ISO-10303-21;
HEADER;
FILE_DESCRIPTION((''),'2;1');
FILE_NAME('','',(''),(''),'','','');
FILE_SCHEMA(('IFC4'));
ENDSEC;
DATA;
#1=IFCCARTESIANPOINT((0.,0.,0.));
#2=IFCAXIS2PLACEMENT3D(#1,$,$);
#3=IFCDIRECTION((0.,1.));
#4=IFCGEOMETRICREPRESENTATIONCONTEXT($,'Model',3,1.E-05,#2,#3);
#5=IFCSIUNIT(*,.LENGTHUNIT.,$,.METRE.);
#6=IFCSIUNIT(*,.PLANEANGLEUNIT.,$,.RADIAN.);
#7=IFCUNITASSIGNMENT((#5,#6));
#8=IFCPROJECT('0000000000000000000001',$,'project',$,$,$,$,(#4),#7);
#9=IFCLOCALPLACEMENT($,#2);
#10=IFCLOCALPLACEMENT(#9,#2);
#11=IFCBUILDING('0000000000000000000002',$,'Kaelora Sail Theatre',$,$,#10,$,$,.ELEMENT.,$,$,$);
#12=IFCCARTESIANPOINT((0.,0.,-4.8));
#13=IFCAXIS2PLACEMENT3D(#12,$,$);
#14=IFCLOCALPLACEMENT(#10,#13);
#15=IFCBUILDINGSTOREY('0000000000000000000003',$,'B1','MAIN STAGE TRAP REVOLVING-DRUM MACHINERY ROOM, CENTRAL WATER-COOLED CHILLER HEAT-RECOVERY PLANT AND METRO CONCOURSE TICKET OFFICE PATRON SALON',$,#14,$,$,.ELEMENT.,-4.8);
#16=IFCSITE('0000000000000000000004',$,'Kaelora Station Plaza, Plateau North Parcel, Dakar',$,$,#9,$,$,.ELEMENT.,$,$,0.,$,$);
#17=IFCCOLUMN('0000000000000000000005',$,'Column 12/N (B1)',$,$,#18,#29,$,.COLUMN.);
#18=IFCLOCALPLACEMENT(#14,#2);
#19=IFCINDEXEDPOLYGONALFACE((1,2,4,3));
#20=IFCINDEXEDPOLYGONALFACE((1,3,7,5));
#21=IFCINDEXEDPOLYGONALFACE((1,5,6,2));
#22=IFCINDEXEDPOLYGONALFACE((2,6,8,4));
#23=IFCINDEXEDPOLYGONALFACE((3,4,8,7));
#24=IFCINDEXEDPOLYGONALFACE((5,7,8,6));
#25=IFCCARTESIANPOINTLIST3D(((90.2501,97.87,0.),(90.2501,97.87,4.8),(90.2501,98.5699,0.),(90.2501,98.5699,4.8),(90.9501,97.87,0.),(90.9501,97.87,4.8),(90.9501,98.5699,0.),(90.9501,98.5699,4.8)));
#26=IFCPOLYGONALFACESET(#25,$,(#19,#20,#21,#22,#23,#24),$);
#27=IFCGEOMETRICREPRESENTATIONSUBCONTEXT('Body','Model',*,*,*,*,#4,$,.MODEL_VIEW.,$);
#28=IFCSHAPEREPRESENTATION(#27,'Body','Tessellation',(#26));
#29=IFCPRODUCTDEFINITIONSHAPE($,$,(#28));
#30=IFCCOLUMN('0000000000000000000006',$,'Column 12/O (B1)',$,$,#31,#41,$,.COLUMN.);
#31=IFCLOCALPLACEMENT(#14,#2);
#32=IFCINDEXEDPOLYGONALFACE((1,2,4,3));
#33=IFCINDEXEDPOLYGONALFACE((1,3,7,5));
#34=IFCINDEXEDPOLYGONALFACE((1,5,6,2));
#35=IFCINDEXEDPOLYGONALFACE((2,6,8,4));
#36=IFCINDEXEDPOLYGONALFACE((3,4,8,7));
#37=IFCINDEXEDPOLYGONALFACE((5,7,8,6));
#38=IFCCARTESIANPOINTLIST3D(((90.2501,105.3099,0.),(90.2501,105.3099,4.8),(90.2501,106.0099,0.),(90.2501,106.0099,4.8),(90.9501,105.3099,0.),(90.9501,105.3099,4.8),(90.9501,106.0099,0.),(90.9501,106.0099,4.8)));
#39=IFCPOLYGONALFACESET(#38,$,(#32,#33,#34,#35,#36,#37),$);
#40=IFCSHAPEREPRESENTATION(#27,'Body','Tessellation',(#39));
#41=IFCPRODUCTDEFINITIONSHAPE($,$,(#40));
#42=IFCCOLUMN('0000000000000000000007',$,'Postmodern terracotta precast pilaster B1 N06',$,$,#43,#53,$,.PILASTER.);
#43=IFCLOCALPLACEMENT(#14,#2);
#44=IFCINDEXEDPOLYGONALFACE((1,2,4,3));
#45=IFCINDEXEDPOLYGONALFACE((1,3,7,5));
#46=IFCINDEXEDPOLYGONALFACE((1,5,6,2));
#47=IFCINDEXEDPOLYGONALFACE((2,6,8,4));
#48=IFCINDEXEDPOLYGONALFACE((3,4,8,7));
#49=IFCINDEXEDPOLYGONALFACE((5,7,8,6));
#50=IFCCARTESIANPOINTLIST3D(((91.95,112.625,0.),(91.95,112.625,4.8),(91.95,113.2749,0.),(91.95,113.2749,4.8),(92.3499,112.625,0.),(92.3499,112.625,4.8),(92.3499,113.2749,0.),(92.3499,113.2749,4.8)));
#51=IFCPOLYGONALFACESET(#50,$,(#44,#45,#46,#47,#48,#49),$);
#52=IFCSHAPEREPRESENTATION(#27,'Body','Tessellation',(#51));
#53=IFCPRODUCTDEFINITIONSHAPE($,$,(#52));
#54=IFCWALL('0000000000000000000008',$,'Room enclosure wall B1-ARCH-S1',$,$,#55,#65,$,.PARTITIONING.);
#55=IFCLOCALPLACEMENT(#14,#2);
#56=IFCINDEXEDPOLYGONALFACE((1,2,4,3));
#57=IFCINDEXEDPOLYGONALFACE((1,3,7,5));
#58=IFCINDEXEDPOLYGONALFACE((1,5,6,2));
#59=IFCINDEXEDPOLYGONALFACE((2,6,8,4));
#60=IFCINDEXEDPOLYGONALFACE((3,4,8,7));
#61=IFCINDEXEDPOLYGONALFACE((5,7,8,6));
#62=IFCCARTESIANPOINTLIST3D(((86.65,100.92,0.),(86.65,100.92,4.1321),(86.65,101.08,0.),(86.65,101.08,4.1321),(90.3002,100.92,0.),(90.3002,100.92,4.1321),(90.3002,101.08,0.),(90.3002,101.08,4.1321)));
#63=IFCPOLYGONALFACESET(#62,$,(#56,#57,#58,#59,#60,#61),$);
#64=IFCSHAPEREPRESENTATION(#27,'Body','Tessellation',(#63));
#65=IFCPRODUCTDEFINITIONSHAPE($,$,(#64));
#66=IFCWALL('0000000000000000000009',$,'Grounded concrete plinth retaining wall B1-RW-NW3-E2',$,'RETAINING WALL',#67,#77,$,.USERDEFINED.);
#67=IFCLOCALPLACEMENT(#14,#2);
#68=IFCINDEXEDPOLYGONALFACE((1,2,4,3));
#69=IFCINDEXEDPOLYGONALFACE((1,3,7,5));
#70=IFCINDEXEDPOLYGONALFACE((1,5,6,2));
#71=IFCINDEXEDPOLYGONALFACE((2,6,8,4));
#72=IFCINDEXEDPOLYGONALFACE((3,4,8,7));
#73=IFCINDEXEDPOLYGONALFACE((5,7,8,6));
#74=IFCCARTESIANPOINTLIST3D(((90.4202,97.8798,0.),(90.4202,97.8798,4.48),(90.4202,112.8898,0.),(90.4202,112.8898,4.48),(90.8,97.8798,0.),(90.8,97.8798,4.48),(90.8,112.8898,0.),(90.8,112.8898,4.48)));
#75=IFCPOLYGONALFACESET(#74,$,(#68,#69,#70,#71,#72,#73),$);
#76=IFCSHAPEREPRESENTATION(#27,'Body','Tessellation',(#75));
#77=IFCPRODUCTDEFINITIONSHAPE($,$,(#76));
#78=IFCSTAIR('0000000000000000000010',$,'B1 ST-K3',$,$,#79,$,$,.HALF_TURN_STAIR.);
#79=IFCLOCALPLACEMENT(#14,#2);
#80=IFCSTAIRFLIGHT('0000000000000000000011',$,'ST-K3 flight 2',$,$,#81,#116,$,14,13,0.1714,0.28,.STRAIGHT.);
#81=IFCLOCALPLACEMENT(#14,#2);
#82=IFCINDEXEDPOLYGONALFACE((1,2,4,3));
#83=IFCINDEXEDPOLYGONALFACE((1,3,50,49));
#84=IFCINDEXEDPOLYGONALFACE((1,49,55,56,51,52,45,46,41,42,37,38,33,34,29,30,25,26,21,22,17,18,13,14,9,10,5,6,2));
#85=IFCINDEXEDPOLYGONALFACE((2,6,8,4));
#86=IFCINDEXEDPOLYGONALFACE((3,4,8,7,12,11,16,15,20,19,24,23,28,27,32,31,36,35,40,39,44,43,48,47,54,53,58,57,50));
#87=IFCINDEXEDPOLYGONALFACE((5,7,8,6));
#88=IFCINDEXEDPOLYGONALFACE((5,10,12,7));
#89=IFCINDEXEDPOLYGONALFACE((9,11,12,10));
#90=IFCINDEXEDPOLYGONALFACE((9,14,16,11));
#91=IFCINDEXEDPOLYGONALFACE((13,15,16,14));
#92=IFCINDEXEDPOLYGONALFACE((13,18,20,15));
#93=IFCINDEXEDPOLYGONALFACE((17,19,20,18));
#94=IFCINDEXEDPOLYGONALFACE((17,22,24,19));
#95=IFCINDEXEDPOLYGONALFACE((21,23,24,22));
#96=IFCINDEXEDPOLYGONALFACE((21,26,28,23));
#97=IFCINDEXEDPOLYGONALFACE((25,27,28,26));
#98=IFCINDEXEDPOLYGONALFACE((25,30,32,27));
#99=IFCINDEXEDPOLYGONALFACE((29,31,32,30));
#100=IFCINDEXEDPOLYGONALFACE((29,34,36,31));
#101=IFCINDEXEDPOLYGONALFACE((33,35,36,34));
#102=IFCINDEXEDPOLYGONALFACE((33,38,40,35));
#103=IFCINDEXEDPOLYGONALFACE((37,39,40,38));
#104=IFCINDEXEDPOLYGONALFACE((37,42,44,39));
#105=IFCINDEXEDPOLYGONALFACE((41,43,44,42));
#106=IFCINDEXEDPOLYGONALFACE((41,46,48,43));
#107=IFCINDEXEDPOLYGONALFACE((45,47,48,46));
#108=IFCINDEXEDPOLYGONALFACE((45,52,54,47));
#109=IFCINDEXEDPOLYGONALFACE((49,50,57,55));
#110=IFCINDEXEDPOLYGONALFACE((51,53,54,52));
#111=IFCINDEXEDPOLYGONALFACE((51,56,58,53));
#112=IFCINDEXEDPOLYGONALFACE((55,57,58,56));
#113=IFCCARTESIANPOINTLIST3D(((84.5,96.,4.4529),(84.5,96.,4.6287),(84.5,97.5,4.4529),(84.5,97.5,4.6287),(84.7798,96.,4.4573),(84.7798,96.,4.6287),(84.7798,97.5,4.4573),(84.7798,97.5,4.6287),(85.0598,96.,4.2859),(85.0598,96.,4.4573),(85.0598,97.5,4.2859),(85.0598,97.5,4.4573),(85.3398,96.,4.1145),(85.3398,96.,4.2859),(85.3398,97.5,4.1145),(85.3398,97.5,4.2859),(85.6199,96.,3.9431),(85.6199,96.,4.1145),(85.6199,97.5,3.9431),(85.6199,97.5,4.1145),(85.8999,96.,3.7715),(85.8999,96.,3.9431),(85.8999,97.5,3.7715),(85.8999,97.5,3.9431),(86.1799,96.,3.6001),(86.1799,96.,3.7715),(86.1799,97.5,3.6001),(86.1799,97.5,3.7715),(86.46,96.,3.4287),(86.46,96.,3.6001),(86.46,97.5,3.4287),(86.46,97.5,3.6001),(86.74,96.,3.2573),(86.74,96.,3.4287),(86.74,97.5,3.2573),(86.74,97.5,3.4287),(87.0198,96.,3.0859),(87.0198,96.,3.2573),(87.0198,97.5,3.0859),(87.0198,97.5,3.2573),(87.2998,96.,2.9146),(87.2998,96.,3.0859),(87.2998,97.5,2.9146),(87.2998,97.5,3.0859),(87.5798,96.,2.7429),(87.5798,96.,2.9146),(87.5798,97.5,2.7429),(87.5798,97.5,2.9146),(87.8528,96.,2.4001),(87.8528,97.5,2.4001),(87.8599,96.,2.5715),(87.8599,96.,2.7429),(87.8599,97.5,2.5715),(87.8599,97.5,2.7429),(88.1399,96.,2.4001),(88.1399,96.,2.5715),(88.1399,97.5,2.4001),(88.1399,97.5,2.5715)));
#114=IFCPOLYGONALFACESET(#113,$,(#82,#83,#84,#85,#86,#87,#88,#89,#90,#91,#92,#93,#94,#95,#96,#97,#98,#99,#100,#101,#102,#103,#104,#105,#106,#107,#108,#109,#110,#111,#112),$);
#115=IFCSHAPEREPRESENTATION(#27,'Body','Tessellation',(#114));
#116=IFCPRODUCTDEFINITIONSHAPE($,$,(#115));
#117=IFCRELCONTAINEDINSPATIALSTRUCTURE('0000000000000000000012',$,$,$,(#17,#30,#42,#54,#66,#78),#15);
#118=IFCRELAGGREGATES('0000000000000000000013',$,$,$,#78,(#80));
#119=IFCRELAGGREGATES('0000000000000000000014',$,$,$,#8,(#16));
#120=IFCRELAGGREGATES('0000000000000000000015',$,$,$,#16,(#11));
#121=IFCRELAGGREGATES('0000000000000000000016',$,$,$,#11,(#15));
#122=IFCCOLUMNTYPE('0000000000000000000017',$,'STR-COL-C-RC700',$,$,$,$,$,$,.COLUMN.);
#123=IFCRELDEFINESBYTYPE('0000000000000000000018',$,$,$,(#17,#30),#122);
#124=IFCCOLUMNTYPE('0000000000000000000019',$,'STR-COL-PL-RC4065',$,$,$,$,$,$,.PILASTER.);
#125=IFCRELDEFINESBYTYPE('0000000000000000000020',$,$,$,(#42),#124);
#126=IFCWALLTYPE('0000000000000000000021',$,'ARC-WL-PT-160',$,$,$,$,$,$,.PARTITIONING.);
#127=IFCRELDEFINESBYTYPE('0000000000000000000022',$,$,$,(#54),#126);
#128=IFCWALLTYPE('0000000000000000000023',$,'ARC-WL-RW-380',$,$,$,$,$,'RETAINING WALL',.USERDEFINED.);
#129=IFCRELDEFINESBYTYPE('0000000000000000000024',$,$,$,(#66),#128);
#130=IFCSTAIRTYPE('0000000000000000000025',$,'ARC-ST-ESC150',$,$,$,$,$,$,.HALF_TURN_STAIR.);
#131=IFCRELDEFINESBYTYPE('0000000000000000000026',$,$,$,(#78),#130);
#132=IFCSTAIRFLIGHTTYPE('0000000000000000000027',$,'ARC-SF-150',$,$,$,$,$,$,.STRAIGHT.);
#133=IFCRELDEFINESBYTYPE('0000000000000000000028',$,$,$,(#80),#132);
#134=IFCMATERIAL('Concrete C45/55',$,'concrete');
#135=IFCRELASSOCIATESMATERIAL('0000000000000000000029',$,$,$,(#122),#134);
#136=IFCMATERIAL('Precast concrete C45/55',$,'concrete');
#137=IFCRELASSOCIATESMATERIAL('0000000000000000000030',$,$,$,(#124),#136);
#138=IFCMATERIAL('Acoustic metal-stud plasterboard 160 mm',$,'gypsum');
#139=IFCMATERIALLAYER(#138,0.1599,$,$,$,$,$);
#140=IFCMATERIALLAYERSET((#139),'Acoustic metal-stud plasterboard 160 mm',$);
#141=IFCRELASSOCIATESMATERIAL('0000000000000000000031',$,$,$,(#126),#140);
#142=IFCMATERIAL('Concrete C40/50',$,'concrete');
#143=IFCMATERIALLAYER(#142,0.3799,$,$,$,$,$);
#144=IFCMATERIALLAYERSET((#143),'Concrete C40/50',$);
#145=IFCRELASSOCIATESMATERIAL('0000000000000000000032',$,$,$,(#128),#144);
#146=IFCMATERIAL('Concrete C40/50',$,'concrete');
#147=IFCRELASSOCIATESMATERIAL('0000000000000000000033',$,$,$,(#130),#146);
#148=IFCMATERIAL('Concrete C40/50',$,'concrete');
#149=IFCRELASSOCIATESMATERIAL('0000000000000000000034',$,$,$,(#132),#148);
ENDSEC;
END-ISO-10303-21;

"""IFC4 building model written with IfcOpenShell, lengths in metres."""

from ifc_helpers import new_model, si_unit, direction, frame, frame_2d, origin, origin_2d, place, context, subcontext, project, spatial, polyline, rectangle, outline, extrude, material, layer, layer_set, material_profile, profile_set, type_object, element, aggregate, save


model = new_model("IFC4")

# Units and contexts
model_context = context("Model", 3, precision=1e-05, world=origin(), true_north=direction((0.0, 1.0)))
body_context = subcontext(model_context, "Body", "Model", "MODEL_VIEW")
ifc_project = project(units=[si_unit("LENGTHUNIT", "METRE"), si_unit("PLANEANGLEUNIT", "RADIAN")], contexts=[model_context])

# Site, building, storey
site_placement = place(None, origin())
site = spatial("IfcSite", under=ifc_project, at=site_placement, Name="Kaelora Station Plaza, Plateau North Parcel, Dakar", CompositionType="ELEMENT", RefElevation=0.0)
building_placement = place(site_placement, origin())
building = spatial("IfcBuilding", under=site, at=building_placement, Name="Kaelora Sail Theatre", CompositionType="ELEMENT")
storey_placement = place(building_placement, frame((0.0, 0.0, -4.8)))
storey = spatial("IfcBuildingStorey", under=building, at=storey_placement, Name="B1", Description="MAIN STAGE TRAP REVOLVING-DRUM MACHINERY ROOM, CENTRAL WATER-COOLED CHILLER HEAT-RECOVERY PLANT AND METRO CONCOURSE TICKET OFFICE PATRON SALON", CompositionType="ELEMENT", Elevation=-4.8)

# Columns
ifc_material_1 = material(Name="Concrete C45/55", Category="concrete")
ifc_material_profile_1 = material_profile(ifc_material_1, rectangle(XDim=0.7, YDim=0.7, at=origin_2d()), Name="RC-COL 700x700")
ifc_profile_set_1 = profile_set([ifc_material_profile_1], Name="Concrete C45/55")
column_type_1 = type_object("IfcColumnType", Name="STR-COL-C-RC700", PredefinedType="COLUMN", material=ifc_profile_set_1)
for number, where, z_axis, x_axis, name in (
    (1, (90.6001, 98.22, 0.0), (0.0, 0.0, 1.0), (1.0, 0.0, 0.0), "Column 12/N (B1)"),
    (2, (90.6001, 105.6599, 0.0), (0.0, 0.0, 1.0), (1.0, 0.0, 0.0), "Column 12/O (B1)"),
):
    element("IfcColumn", number, at=place(storey_placement, frame(where, z_axis=z_axis, x_axis=x_axis)), inside=storey, type_object=column_type_1, Name=name, PredefinedType="COLUMN", context=body_context, shape_type="SweptSolid", body=[
        extrude(rectangle(XDim=0.7, YDim=0.7, at=origin_2d()), origin(), (0.0, 0.0, 1.0), 4.8),
    ])
ifc_material_2 = material(Name="Precast concrete C45/55", Category="concrete")
ifc_material_profile_2 = material_profile(ifc_material_2, rectangle(XDim=0.3999, YDim=0.6499, at=origin_2d()), Name="RC-PIL 400x650")
ifc_profile_set_2 = profile_set([ifc_material_profile_2], Name="Precast concrete C45/55")
column_type_2 = type_object("IfcColumnType", Name="STR-COL-PL-RC4065", PredefinedType="PILASTER", material=ifc_profile_set_2)
column_1_placement = place(storey_placement, frame((92.1499, 112.95, 0.0), z_axis=(0.0, 0.0, 1.0), x_axis=(1.0, 0.0, 0.0)))
element("IfcColumn", 3, at=column_1_placement, inside=storey, type_object=column_type_2, Name="Postmodern terracotta precast pilaster B1 N06", PredefinedType="PILASTER", context=body_context, shape_type="SweptSolid", body=[
    extrude(rectangle(XDim=0.3999, YDim=0.6499, at=origin_2d()), origin(), (0.0, 0.0, 1.0), 4.8),
])

# Walls
ifc_material_3 = material(Name="Acoustic metal-stud plasterboard 160 mm", Category="gypsum")
ifc_layer_1 = layer(ifc_material_3, 0.1599)
ifc_layer_set_1 = layer_set([ifc_layer_1], Name="Acoustic metal-stud plasterboard 160 mm")
wall_type_1 = type_object("IfcWallType", Name="ARC-WL-PT-160", PredefinedType="PARTITIONING", material=ifc_layer_set_1)
wall_1_placement = place(storey_placement, frame((86.6499, 101.0, 0.0), z_axis=(0.0, 0.0, 1.0), x_axis=(1.0, 0.0, 0.0)))
element("IfcWall", 4, at=wall_1_placement, inside=storey, type_object=wall_type_1, Name="Room enclosure wall B1-ARCH-S1", PredefinedType="PARTITIONING", context=body_context, shape_type="SweptSolid", body=[
    extrude(rectangle(XDim=3.6501, YDim=0.1599, at=frame_2d((1.8252, 0.0))), origin(), (0.0, 0.0, 1.0), 4.1321),
])
ifc_material_4 = material(Name="Concrete C40/50", Category="concrete")
ifc_layer_2 = layer(ifc_material_4, 0.3799)
ifc_layer_set_2 = layer_set([ifc_layer_2], Name="Concrete C40/50")
wall_type_2 = type_object("IfcWallType", Name="ARC-WL-RW-380", ElementType="RETAINING WALL", PredefinedType="USERDEFINED", material=ifc_layer_set_2)
wall_2_placement = place(storey_placement, frame((90.6101, 97.8799, 0.0), z_axis=(0.0, 0.0, 1.0), x_axis=(0.0, 1.0, 0.0)))
element("IfcWall", 5, at=wall_2_placement, inside=storey, type_object=wall_type_2, Name="Grounded concrete plinth retaining wall B1-RW-NW3-E2", ObjectType="RETAINING WALL", PredefinedType="USERDEFINED", context=body_context, shape_type="SweptSolid", body=[
    extrude(rectangle(XDim=15.01, YDim=0.3799, at=frame_2d((7.5049, 0.0))), origin(), (0.0, 0.0, 1.0), 4.48),
])

# Stair, stair flight
ifc_material_5 = material(Name="Concrete C40/50", Category="concrete")
stair_type = type_object("IfcStairType", Name="ARC-ST-ESC150", PredefinedType="HALF_TURN_STAIR", material=ifc_material_5)
stair_placement = place(storey_placement, origin())
stair = element("IfcStair", 6, at=stair_placement, inside=storey, type_object=stair_type, Name="B1 ST-K3", PredefinedType="HALF_TURN_STAIR")
ifc_material_6 = material(Name="Concrete C40/50", Category="concrete")
stair_flight_type = type_object("IfcStairFlightType", Name="ARC-SF-150", PredefinedType="STRAIGHT", material=ifc_material_6)
stair_flight_placement = place(storey_placement, frame((88.1399, 96.75, 2.4001), z_axis=(0.0, 0.0, 1.0), x_axis=(-1.0, 0.0, 0.0)))
stair_flight = element("IfcStairFlight", 7, at=stair_flight_placement, type_object=stair_flight_type, Name="ST-K3 flight 2", NumberOfRisers=14, NumberOfTreads=13, PredefinedType="STRAIGHT", RiserHeight=0.1714, TreadLength=0.28, context=body_context, shape_type="SweptSolid", body=[
    extrude(outline(polyline([(0.0, 0.0), (0.0, 0.1714), (0.28, 0.1714), (0.28, 0.3428), (0.5601, 0.3428), (0.5601, 0.5144), (0.8401, 0.5144), (0.8401, 0.6858), (1.1201, 0.6858), (1.1201, 0.8572), (1.3999, 0.8572), (1.3999, 1.0286), (1.6799, 1.0286), (1.6799, 1.2), (1.96, 1.2), (1.96, 1.3713), (2.24, 1.3713), (2.24, 1.543), (2.52, 1.543), (2.52, 1.7144), (2.8, 1.7144), (2.8, 1.8857), (3.0801, 1.8857), (3.0801, 2.0571), (3.3601, 2.0571), (3.3601, 2.2285), (3.6399, 2.2285), (3.6399, 2.3999), (3.6399, 2.0527), (0.2871, 0.0), (0.0, 0.0)])), frame((0.0, 0.75, 0.0), z_axis=(0.0, -1.0, 0.0), x_axis=(1.0, 0.0, 0.0)), (0.0, 0.0, 1.0), 1.5),
])
aggregate(stair, [stair_flight])

save(model, "model.ifc")
